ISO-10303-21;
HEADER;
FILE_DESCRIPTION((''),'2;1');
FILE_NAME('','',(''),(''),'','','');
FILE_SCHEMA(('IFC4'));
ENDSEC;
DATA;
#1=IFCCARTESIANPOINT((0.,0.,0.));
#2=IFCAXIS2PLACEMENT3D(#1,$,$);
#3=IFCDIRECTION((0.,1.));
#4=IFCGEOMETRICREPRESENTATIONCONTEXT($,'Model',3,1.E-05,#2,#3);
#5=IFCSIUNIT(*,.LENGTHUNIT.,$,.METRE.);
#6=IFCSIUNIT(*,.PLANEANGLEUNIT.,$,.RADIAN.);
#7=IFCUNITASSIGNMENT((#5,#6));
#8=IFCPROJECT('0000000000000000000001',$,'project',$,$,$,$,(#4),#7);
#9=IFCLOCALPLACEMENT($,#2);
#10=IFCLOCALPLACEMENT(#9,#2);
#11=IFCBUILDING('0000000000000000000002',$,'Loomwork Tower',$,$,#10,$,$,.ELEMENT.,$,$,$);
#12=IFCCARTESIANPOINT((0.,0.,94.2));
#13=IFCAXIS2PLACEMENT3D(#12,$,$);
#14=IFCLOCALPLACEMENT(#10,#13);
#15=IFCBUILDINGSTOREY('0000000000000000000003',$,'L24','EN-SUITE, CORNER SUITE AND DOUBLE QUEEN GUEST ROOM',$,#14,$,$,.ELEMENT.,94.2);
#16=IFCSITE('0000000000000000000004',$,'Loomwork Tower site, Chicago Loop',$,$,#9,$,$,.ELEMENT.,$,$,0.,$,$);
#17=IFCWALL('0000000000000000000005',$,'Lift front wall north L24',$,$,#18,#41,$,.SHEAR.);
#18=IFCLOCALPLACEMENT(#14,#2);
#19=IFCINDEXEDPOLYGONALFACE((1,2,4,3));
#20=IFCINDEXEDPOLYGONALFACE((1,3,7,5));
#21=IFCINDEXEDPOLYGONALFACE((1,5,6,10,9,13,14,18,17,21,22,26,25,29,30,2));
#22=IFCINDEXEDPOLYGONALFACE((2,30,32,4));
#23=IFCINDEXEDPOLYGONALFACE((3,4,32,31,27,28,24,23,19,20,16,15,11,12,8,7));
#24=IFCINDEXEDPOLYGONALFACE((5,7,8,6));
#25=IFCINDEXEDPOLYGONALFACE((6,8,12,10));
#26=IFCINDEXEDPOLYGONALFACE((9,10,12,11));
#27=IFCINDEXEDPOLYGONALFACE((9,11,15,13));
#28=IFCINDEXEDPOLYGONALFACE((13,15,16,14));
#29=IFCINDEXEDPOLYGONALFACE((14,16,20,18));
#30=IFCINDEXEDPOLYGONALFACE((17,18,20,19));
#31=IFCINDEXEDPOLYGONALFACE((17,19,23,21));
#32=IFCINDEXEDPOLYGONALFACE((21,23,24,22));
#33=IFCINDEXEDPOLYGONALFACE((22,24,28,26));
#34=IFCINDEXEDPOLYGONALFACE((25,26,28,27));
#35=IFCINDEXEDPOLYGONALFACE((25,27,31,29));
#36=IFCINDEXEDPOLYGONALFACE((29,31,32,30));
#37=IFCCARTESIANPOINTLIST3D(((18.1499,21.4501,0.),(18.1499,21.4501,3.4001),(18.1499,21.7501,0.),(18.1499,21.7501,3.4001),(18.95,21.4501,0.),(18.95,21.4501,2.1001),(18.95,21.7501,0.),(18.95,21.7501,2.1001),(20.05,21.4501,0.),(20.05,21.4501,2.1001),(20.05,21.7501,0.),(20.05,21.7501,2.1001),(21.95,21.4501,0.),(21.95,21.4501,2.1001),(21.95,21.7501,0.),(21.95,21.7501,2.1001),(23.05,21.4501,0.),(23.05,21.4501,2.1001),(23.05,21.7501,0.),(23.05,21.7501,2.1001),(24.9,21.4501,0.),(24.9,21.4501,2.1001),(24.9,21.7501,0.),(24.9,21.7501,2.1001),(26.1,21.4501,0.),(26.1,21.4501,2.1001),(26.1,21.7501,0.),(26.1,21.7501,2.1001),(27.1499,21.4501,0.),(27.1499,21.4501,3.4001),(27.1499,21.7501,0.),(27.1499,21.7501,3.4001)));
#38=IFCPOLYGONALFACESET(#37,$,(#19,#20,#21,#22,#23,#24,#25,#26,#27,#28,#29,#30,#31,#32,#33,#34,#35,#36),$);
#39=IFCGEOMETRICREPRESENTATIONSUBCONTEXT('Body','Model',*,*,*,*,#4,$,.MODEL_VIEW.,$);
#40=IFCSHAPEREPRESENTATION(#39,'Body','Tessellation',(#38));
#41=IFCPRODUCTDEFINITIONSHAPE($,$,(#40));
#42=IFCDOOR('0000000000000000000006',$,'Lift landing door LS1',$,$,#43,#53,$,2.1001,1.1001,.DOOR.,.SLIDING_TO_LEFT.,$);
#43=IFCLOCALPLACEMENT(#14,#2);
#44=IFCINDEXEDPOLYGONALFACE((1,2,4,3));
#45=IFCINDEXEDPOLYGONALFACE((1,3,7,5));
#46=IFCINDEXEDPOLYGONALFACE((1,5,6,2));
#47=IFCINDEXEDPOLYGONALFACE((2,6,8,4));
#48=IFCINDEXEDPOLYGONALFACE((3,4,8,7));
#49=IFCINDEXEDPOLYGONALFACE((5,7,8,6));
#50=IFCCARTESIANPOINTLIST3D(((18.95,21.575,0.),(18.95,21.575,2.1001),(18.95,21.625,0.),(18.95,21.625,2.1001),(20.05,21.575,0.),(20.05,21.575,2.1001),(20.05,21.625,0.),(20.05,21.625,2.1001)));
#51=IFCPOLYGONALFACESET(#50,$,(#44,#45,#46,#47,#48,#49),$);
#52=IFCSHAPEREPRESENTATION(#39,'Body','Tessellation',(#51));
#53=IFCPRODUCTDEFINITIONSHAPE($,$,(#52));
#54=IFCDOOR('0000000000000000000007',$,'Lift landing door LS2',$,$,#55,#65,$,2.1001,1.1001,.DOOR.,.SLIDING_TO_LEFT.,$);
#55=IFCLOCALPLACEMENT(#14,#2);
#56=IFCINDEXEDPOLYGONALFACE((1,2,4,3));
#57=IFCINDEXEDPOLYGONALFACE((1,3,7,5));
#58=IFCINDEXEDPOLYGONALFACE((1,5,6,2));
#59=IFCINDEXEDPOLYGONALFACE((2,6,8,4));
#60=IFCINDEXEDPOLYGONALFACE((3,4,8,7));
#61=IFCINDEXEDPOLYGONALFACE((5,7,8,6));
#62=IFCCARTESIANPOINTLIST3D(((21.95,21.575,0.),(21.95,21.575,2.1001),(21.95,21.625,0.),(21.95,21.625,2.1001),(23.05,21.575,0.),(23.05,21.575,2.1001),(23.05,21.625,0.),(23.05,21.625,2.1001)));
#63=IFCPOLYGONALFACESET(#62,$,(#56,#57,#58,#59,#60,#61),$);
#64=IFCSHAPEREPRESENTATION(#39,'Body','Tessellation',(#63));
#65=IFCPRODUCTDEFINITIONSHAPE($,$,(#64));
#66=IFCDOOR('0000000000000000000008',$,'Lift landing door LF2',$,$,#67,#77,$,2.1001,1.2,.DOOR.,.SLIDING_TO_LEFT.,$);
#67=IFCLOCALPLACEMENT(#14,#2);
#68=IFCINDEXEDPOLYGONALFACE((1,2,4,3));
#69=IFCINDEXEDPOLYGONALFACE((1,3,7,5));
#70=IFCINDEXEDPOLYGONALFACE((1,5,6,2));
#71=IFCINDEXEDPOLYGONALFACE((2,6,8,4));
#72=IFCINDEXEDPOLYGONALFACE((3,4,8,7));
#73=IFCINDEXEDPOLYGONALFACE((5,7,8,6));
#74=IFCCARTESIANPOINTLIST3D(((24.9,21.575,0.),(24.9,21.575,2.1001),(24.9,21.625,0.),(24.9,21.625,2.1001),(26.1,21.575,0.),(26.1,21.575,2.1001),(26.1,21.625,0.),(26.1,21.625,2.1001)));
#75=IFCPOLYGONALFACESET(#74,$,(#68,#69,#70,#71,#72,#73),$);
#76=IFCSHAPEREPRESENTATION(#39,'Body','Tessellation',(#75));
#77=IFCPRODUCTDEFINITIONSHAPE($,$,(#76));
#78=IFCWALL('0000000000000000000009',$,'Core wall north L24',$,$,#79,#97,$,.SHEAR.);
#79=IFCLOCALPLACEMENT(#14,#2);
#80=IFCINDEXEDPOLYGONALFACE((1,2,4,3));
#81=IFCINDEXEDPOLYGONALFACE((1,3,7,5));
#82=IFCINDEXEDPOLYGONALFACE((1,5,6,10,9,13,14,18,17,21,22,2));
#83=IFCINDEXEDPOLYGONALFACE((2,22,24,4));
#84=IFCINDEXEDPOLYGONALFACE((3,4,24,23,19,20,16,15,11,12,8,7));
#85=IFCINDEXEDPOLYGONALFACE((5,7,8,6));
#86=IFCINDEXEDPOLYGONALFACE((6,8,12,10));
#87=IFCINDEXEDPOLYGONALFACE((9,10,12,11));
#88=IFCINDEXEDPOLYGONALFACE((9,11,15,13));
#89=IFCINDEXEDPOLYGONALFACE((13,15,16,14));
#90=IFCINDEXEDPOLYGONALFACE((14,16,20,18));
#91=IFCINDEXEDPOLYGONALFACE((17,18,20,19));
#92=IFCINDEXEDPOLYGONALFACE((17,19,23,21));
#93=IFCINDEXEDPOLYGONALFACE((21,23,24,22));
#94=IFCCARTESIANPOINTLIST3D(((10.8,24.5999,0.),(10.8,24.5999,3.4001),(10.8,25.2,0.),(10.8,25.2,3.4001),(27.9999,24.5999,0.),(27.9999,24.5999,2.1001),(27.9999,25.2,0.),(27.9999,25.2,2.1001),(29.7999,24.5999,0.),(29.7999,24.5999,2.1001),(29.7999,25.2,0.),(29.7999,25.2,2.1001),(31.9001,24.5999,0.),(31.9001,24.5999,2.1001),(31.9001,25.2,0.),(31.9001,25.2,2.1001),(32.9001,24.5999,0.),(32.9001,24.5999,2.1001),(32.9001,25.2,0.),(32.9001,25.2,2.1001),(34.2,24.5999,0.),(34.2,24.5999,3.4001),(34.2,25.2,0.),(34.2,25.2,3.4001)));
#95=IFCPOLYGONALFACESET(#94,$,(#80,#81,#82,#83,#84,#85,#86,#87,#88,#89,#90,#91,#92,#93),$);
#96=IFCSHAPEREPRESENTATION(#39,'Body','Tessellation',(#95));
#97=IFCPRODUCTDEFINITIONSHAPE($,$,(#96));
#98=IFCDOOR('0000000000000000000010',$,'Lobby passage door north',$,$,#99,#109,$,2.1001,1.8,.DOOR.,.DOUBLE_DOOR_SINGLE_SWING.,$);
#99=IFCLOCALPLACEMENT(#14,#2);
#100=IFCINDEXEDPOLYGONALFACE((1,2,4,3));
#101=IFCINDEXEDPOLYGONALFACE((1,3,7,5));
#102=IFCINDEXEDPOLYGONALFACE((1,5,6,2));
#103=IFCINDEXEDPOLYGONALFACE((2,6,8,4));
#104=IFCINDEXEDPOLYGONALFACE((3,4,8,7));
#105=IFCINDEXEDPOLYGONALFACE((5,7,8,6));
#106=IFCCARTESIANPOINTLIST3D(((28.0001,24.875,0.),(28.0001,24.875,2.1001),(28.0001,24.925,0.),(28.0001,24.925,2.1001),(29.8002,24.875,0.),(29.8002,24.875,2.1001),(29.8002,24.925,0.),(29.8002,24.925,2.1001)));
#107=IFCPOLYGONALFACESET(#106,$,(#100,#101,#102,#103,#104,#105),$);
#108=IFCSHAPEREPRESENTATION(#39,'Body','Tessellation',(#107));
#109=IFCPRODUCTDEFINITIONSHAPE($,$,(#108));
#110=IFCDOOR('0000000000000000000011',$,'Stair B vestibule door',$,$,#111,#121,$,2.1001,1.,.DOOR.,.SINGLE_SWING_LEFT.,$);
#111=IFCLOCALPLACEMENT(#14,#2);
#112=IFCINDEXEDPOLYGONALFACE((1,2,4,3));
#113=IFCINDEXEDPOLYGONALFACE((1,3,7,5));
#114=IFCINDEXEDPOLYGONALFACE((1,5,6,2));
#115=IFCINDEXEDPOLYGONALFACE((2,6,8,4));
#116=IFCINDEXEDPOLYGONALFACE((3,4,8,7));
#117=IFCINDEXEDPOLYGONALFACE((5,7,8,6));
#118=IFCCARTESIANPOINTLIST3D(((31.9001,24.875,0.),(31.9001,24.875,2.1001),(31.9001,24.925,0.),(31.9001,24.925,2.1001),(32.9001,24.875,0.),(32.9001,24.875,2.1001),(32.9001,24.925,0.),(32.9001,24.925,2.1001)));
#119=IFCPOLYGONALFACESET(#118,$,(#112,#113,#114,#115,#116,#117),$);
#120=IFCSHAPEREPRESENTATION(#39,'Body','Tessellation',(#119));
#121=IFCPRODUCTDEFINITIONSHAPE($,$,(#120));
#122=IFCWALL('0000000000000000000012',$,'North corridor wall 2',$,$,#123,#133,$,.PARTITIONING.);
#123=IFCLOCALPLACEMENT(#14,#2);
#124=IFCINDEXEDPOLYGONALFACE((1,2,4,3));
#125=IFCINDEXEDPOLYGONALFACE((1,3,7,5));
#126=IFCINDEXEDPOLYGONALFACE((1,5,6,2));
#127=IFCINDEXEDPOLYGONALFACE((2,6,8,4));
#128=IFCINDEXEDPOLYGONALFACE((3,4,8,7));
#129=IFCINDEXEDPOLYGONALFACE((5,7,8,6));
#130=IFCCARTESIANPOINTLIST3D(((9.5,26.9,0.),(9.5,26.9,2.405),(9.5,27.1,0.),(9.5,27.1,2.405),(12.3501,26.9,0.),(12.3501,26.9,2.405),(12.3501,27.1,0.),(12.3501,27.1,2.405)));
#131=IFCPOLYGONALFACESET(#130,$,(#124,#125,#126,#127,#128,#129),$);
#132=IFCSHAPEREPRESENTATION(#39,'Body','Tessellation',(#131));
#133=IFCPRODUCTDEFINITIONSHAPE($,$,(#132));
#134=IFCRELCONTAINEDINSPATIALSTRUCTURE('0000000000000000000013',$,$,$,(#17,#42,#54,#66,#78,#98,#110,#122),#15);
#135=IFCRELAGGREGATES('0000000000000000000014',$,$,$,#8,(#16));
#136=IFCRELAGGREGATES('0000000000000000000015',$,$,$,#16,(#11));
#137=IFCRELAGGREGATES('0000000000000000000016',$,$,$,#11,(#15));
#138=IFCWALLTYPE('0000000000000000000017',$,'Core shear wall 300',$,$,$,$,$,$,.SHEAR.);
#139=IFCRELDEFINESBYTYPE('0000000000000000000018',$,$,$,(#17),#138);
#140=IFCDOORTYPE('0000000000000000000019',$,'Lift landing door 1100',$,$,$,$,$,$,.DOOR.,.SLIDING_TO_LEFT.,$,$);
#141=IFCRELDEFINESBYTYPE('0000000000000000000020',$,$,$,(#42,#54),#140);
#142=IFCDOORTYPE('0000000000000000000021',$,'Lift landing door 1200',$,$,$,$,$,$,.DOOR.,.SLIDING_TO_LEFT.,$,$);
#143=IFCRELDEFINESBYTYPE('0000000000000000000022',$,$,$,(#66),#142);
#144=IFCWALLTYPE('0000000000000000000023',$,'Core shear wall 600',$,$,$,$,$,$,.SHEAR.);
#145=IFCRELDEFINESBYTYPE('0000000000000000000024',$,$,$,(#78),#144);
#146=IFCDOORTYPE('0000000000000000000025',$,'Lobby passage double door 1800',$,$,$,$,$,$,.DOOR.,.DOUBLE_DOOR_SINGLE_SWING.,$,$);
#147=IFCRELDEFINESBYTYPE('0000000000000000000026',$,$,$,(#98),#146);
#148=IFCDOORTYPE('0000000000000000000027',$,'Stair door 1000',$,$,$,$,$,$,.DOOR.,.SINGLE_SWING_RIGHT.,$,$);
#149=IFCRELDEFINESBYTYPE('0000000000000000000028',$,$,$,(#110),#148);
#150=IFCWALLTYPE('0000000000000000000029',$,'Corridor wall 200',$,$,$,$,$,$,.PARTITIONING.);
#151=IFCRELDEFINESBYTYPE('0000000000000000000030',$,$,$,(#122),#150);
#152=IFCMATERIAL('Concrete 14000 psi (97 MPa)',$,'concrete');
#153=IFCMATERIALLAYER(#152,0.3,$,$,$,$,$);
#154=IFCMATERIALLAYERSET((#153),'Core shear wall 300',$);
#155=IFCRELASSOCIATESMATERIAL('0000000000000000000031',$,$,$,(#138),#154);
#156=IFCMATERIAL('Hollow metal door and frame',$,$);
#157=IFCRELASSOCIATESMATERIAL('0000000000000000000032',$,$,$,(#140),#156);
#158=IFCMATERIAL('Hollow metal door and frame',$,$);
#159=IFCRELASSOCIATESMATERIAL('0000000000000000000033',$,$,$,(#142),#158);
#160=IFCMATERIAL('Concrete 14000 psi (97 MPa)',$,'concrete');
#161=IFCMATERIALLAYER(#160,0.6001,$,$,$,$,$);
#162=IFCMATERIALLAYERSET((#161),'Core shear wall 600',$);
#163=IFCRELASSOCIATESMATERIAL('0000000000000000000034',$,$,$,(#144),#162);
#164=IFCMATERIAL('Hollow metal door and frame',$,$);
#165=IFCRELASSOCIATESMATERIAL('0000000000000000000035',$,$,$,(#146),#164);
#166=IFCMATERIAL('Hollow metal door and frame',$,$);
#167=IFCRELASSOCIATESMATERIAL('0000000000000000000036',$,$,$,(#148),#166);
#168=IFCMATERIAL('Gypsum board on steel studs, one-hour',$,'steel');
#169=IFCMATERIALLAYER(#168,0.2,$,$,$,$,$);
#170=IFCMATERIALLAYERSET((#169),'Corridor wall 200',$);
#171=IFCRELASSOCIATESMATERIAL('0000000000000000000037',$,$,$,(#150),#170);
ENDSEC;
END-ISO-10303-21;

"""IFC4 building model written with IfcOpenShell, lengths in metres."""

from ifc_helpers import new_model, si_unit, direction, frame, frame_2d, origin, place, context, subcontext, project, spatial, rectangle, extrude, material, layer, layer_set, type_object, element, fill, save


model = new_model("IFC4")

# Units and contexts
model_context = context("Model", 3, precision=1e-05, world=origin(), true_north=direction((0.0, 1.0)))
body_context = subcontext(model_context, "Body", "Model", "MODEL_VIEW")
ifc_project = project(units=[si_unit("LENGTHUNIT", "METRE"), si_unit("PLANEANGLEUNIT", "RADIAN")], contexts=[model_context])

# Site, building, storey
site_placement = place(None, origin())
site = spatial("IfcSite", under=ifc_project, at=site_placement, Name="Loomwork Tower site, Chicago Loop", CompositionType="ELEMENT", RefElevation=0.0)
building_placement = place(site_placement, origin())
building = spatial("IfcBuilding", under=site, at=building_placement, Name="Loomwork Tower", CompositionType="ELEMENT")
storey_placement = place(building_placement, frame((0.0, 0.0, 94.2)))
storey = spatial("IfcBuildingStorey", under=building, at=storey_placement, Name="L24", Description="EN-SUITE, CORNER SUITE AND DOUBLE QUEEN GUEST ROOM", CompositionType="ELEMENT", Elevation=94.2)

# Walls, openings, doors
ifc_material_1 = material(Name="Concrete 14000 psi (97 MPa)", Category="concrete")
ifc_layer_1 = layer(ifc_material_1, 0.3)
ifc_layer_set_1 = layer_set([ifc_layer_1], Name="Core shear wall 300")
wall_type_1 = type_object("IfcWallType", Name="Core shear wall 300", PredefinedType="SHEAR", material=ifc_layer_set_1)
wall_1_placement = place(storey_placement, frame((18.1499, 21.6001, 0.0), z_axis=(0.0, 0.0, 1.0), x_axis=(1.0, 0.0, 0.0)))
wall_1 = element("IfcWall", 1, at=wall_1_placement, inside=storey, type_object=wall_type_1, Name="Lift front wall north L24", PredefinedType="SHEAR", context=body_context, shape_type="SweptSolid", body=[
    extrude(rectangle(XDim=9.0, YDim=0.3, at=frame_2d((4.5, 0.0))), origin(), (0.0, 0.0, 1.0), 3.4001),
])
opening_1_placement = place(wall_1_placement, frame((0.8, 0.0, 0.0)))
opening_1 = element("IfcOpeningElement", 2, at=opening_1_placement, cuts=wall_1, PredefinedType="OPENING", context=body_context, shape_type="SweptSolid", body=[
    extrude(rectangle(XDim=1.1001, YDim=2.1001, at=frame_2d((0.55, 1.05))), frame((0.0, 0.1599, 0.0), z_axis=(0.0, -1.0, 0.0), x_axis=(1.0, 0.0, 0.0)), (0.0, 0.0, 1.0), 0.3201),
])
opening_2_placement = place(wall_1_placement, frame((3.8, 0.0, 0.0)))
opening_2 = element("IfcOpeningElement", 3, at=opening_2_placement, cuts=wall_1, PredefinedType="OPENING", context=body_context, shape_type="SweptSolid", body=[
    extrude(rectangle(XDim=1.1001, YDim=2.1001, at=frame_2d((0.55, 1.05))), frame((0.0, 0.1599, 0.0), z_axis=(0.0, -1.0, 0.0), x_axis=(1.0, 0.0, 0.0)), (0.0, 0.0, 1.0), 0.3201),
])
opening_3_placement = place(wall_1_placement, frame((6.75, 0.0, 0.0)))
opening_3 = element("IfcOpeningElement", 4, at=opening_3_placement, cuts=wall_1, PredefinedType="OPENING", context=body_context, shape_type="SweptSolid", body=[
    extrude(rectangle(XDim=1.2, YDim=2.1001, at=frame_2d((0.6001, 1.05))), frame((0.0, 0.1599, 0.0), z_axis=(0.0, -1.0, 0.0), x_axis=(1.0, 0.0, 0.0)), (0.0, 0.0, 1.0), 0.3201),
])
ifc_material_2 = material(Name="Hollow metal door and frame")
door_type_1 = type_object("IfcDoorType", Name="Lift landing door 1100", OperationType="SLIDING_TO_LEFT", PredefinedType="DOOR", material=ifc_material_2)
door_1_placement = place(opening_1_placement, origin())
door_1 = element("IfcDoor", 5, at=door_1_placement, inside=storey, type_object=door_type_1, Name="Lift landing door LS1", OperationType="SLIDING_TO_LEFT", OverallHeight=2.1001, OverallWidth=1.1001, PredefinedType="DOOR", context=body_context, shape_type="SweptSolid", body=[
    extrude(rectangle(XDim=1.1001, YDim=2.1001, at=frame_2d((0.55, 1.05))), frame((0.0, 0.0249, 0.0), z_axis=(0.0, -1.0, 0.0), x_axis=(1.0, 0.0, 0.0)), (0.0, 0.0, 1.0), 0.05),
])
fill(opening_1, door_1)
door_2_placement = place(opening_2_placement, origin())
door_2 = element("IfcDoor", 6, at=door_2_placement, inside=storey, type_object=door_type_1, Name="Lift landing door LS2", OperationType="SLIDING_TO_LEFT", OverallHeight=2.1001, OverallWidth=1.1001, PredefinedType="DOOR", context=body_context, shape_type="SweptSolid", body=[
    extrude(rectangle(XDim=1.1001, YDim=2.1001, at=frame_2d((0.55, 1.05))), frame((0.0, 0.0249, 0.0), z_axis=(0.0, -1.0, 0.0), x_axis=(1.0, 0.0, 0.0)), (0.0, 0.0, 1.0), 0.05),
])
fill(opening_2, door_2)
ifc_material_3 = material(Name="Hollow metal door and frame")
door_type_2 = type_object("IfcDoorType", Name="Lift landing door 1200", OperationType="SLIDING_TO_LEFT", PredefinedType="DOOR", material=ifc_material_3)
door_3_placement = place(opening_3_placement, origin())
door_3 = element("IfcDoor", 7, at=door_3_placement, inside=storey, type_object=door_type_2, Name="Lift landing door LF2", OperationType="SLIDING_TO_LEFT", OverallHeight=2.1001, OverallWidth=1.2, PredefinedType="DOOR", context=body_context, shape_type="SweptSolid", body=[
    extrude(rectangle(XDim=1.2, YDim=2.1001, at=frame_2d((0.6001, 1.05))), frame((0.0, 0.0249, 0.0), z_axis=(0.0, -1.0, 0.0), x_axis=(1.0, 0.0, 0.0)), (0.0, 0.0, 1.0), 0.05),
])
fill(opening_3, door_3)
ifc_material_4 = material(Name="Concrete 14000 psi (97 MPa)", Category="concrete")
ifc_layer_2 = layer(ifc_material_4, 0.6001)
ifc_layer_set_2 = layer_set([ifc_layer_2], Name="Core shear wall 600")
wall_type_2 = type_object("IfcWallType", Name="Core shear wall 600", PredefinedType="SHEAR", material=ifc_layer_set_2)
wall_2_placement = place(storey_placement, frame((10.8, 24.8999, 0.0), z_axis=(0.0, 0.0, 1.0), x_axis=(1.0, 0.0, 0.0)))
wall_2 = element("IfcWall", 8, at=wall_2_placement, inside=storey, type_object=wall_type_2, Name="Core wall north L24", PredefinedType="SHEAR", context=body_context, shape_type="SweptSolid", body=[
    extrude(rectangle(XDim=23.3999, YDim=0.6001, at=frame_2d((11.7, 0.0))), origin(), (0.0, 0.0, 1.0), 3.4001),
])
opening_4_placement = place(wall_2_placement, frame((17.2, 0.0, 0.0)))
opening_4 = element("IfcOpeningElement", 9, at=opening_4_placement, cuts=wall_2, PredefinedType="OPENING", context=body_context, shape_type="SweptSolid", body=[
    extrude(rectangle(XDim=1.8, YDim=2.1001, at=frame_2d((0.8999, 1.05))), frame((0.0, 0.3101, 0.0), z_axis=(0.0, -1.0, 0.0), x_axis=(1.0, 0.0, 0.0)), (0.0, 0.0, 1.0), 0.6201),
])
opening_5_placement = place(wall_2_placement, frame((21.1001, 0.0, 0.0)))
opening_5 = element("IfcOpeningElement", 10, at=opening_5_placement, cuts=wall_2, PredefinedType="OPENING", context=body_context, shape_type="SweptSolid", body=[
    extrude(rectangle(XDim=1.0, YDim=2.1001, at=frame_2d((0.5, 1.05))), frame((0.0, 0.3101, 0.0), z_axis=(0.0, -1.0, 0.0), x_axis=(1.0, 0.0, 0.0)), (0.0, 0.0, 1.0), 0.6201),
])
ifc_material_5 = material(Name="Hollow metal door and frame")
door_type_3 = type_object("IfcDoorType", Name="Lobby passage double door 1800", OperationType="DOUBLE_DOOR_SINGLE_SWING", PredefinedType="DOOR", material=ifc_material_5)
door_4_placement = place(opening_4_placement, frame((1.8, 0.0, 0.0), z_axis=(0.0, 0.0, 1.0), x_axis=(-1.0, 0.0, 0.0)))
door_4 = element("IfcDoor", 11, at=door_4_placement, inside=storey, type_object=door_type_3, Name="Lobby passage door north", OperationType="DOUBLE_DOOR_SINGLE_SWING", OverallHeight=2.1001, OverallWidth=1.8, PredefinedType="DOOR", context=body_context, shape_type="SweptSolid", body=[
    extrude(rectangle(XDim=1.8, YDim=2.1001, at=frame_2d((0.8999, 1.05))), frame((0.0, 0.0249, 0.0), z_axis=(0.0, -1.0, 0.0), x_axis=(1.0, 0.0, 0.0)), (0.0, 0.0, 1.0), 0.05),
])
fill(opening_4, door_4)
ifc_material_6 = material(Name="Hollow metal door and frame")
door_type_4 = type_object("IfcDoorType", Name="Stair door 1000", OperationType="SINGLE_SWING_RIGHT", PredefinedType="DOOR", material=ifc_material_6)
door_5_placement = place(opening_5_placement, frame((1.0, 0.0, 0.0), z_axis=(0.0, 0.0, 1.0), x_axis=(-1.0, 0.0, 0.0)))
door_5 = element("IfcDoor", 12, at=door_5_placement, inside=storey, type_object=door_type_4, Name="Stair B vestibule door", OperationType="SINGLE_SWING_LEFT", OverallHeight=2.1001, OverallWidth=1.0, PredefinedType="DOOR", context=body_context, shape_type="SweptSolid", body=[
    extrude(rectangle(XDim=1.0, YDim=2.1001, at=frame_2d((0.5, 1.05))), frame((0.0, 0.0249, 0.0), z_axis=(0.0, -1.0, 0.0), x_axis=(1.0, 0.0, 0.0)), (0.0, 0.0, 1.0), 0.05),
])
fill(opening_5, door_5)

# Wall
ifc_material_7 = material(Name="Gypsum board on steel studs, one-hour", Category="steel")
ifc_layer_3 = layer(ifc_material_7, 0.2)
ifc_layer_set_3 = layer_set([ifc_layer_3], Name="Corridor wall 200")
wall_type_3 = type_object("IfcWallType", Name="Corridor wall 200", PredefinedType="PARTITIONING", material=ifc_layer_set_3)
wall_3_placement = place(storey_placement, frame((9.5, 27.0, 0.0), z_axis=(0.0, 0.0, 1.0), x_axis=(1.0, 0.0, 0.0)))
element("IfcWall", 13, at=wall_3_placement, inside=storey, type_object=wall_type_3, Name="North corridor wall 2", PredefinedType="PARTITIONING", context=body_context, shape_type="SweptSolid", body=[
    extrude(rectangle(XDim=2.8501, YDim=0.2, at=frame_2d((1.425, 0.0))), origin(), (0.0, 0.0, 1.0), 2.405),
])

save(model, "model.ifc")
